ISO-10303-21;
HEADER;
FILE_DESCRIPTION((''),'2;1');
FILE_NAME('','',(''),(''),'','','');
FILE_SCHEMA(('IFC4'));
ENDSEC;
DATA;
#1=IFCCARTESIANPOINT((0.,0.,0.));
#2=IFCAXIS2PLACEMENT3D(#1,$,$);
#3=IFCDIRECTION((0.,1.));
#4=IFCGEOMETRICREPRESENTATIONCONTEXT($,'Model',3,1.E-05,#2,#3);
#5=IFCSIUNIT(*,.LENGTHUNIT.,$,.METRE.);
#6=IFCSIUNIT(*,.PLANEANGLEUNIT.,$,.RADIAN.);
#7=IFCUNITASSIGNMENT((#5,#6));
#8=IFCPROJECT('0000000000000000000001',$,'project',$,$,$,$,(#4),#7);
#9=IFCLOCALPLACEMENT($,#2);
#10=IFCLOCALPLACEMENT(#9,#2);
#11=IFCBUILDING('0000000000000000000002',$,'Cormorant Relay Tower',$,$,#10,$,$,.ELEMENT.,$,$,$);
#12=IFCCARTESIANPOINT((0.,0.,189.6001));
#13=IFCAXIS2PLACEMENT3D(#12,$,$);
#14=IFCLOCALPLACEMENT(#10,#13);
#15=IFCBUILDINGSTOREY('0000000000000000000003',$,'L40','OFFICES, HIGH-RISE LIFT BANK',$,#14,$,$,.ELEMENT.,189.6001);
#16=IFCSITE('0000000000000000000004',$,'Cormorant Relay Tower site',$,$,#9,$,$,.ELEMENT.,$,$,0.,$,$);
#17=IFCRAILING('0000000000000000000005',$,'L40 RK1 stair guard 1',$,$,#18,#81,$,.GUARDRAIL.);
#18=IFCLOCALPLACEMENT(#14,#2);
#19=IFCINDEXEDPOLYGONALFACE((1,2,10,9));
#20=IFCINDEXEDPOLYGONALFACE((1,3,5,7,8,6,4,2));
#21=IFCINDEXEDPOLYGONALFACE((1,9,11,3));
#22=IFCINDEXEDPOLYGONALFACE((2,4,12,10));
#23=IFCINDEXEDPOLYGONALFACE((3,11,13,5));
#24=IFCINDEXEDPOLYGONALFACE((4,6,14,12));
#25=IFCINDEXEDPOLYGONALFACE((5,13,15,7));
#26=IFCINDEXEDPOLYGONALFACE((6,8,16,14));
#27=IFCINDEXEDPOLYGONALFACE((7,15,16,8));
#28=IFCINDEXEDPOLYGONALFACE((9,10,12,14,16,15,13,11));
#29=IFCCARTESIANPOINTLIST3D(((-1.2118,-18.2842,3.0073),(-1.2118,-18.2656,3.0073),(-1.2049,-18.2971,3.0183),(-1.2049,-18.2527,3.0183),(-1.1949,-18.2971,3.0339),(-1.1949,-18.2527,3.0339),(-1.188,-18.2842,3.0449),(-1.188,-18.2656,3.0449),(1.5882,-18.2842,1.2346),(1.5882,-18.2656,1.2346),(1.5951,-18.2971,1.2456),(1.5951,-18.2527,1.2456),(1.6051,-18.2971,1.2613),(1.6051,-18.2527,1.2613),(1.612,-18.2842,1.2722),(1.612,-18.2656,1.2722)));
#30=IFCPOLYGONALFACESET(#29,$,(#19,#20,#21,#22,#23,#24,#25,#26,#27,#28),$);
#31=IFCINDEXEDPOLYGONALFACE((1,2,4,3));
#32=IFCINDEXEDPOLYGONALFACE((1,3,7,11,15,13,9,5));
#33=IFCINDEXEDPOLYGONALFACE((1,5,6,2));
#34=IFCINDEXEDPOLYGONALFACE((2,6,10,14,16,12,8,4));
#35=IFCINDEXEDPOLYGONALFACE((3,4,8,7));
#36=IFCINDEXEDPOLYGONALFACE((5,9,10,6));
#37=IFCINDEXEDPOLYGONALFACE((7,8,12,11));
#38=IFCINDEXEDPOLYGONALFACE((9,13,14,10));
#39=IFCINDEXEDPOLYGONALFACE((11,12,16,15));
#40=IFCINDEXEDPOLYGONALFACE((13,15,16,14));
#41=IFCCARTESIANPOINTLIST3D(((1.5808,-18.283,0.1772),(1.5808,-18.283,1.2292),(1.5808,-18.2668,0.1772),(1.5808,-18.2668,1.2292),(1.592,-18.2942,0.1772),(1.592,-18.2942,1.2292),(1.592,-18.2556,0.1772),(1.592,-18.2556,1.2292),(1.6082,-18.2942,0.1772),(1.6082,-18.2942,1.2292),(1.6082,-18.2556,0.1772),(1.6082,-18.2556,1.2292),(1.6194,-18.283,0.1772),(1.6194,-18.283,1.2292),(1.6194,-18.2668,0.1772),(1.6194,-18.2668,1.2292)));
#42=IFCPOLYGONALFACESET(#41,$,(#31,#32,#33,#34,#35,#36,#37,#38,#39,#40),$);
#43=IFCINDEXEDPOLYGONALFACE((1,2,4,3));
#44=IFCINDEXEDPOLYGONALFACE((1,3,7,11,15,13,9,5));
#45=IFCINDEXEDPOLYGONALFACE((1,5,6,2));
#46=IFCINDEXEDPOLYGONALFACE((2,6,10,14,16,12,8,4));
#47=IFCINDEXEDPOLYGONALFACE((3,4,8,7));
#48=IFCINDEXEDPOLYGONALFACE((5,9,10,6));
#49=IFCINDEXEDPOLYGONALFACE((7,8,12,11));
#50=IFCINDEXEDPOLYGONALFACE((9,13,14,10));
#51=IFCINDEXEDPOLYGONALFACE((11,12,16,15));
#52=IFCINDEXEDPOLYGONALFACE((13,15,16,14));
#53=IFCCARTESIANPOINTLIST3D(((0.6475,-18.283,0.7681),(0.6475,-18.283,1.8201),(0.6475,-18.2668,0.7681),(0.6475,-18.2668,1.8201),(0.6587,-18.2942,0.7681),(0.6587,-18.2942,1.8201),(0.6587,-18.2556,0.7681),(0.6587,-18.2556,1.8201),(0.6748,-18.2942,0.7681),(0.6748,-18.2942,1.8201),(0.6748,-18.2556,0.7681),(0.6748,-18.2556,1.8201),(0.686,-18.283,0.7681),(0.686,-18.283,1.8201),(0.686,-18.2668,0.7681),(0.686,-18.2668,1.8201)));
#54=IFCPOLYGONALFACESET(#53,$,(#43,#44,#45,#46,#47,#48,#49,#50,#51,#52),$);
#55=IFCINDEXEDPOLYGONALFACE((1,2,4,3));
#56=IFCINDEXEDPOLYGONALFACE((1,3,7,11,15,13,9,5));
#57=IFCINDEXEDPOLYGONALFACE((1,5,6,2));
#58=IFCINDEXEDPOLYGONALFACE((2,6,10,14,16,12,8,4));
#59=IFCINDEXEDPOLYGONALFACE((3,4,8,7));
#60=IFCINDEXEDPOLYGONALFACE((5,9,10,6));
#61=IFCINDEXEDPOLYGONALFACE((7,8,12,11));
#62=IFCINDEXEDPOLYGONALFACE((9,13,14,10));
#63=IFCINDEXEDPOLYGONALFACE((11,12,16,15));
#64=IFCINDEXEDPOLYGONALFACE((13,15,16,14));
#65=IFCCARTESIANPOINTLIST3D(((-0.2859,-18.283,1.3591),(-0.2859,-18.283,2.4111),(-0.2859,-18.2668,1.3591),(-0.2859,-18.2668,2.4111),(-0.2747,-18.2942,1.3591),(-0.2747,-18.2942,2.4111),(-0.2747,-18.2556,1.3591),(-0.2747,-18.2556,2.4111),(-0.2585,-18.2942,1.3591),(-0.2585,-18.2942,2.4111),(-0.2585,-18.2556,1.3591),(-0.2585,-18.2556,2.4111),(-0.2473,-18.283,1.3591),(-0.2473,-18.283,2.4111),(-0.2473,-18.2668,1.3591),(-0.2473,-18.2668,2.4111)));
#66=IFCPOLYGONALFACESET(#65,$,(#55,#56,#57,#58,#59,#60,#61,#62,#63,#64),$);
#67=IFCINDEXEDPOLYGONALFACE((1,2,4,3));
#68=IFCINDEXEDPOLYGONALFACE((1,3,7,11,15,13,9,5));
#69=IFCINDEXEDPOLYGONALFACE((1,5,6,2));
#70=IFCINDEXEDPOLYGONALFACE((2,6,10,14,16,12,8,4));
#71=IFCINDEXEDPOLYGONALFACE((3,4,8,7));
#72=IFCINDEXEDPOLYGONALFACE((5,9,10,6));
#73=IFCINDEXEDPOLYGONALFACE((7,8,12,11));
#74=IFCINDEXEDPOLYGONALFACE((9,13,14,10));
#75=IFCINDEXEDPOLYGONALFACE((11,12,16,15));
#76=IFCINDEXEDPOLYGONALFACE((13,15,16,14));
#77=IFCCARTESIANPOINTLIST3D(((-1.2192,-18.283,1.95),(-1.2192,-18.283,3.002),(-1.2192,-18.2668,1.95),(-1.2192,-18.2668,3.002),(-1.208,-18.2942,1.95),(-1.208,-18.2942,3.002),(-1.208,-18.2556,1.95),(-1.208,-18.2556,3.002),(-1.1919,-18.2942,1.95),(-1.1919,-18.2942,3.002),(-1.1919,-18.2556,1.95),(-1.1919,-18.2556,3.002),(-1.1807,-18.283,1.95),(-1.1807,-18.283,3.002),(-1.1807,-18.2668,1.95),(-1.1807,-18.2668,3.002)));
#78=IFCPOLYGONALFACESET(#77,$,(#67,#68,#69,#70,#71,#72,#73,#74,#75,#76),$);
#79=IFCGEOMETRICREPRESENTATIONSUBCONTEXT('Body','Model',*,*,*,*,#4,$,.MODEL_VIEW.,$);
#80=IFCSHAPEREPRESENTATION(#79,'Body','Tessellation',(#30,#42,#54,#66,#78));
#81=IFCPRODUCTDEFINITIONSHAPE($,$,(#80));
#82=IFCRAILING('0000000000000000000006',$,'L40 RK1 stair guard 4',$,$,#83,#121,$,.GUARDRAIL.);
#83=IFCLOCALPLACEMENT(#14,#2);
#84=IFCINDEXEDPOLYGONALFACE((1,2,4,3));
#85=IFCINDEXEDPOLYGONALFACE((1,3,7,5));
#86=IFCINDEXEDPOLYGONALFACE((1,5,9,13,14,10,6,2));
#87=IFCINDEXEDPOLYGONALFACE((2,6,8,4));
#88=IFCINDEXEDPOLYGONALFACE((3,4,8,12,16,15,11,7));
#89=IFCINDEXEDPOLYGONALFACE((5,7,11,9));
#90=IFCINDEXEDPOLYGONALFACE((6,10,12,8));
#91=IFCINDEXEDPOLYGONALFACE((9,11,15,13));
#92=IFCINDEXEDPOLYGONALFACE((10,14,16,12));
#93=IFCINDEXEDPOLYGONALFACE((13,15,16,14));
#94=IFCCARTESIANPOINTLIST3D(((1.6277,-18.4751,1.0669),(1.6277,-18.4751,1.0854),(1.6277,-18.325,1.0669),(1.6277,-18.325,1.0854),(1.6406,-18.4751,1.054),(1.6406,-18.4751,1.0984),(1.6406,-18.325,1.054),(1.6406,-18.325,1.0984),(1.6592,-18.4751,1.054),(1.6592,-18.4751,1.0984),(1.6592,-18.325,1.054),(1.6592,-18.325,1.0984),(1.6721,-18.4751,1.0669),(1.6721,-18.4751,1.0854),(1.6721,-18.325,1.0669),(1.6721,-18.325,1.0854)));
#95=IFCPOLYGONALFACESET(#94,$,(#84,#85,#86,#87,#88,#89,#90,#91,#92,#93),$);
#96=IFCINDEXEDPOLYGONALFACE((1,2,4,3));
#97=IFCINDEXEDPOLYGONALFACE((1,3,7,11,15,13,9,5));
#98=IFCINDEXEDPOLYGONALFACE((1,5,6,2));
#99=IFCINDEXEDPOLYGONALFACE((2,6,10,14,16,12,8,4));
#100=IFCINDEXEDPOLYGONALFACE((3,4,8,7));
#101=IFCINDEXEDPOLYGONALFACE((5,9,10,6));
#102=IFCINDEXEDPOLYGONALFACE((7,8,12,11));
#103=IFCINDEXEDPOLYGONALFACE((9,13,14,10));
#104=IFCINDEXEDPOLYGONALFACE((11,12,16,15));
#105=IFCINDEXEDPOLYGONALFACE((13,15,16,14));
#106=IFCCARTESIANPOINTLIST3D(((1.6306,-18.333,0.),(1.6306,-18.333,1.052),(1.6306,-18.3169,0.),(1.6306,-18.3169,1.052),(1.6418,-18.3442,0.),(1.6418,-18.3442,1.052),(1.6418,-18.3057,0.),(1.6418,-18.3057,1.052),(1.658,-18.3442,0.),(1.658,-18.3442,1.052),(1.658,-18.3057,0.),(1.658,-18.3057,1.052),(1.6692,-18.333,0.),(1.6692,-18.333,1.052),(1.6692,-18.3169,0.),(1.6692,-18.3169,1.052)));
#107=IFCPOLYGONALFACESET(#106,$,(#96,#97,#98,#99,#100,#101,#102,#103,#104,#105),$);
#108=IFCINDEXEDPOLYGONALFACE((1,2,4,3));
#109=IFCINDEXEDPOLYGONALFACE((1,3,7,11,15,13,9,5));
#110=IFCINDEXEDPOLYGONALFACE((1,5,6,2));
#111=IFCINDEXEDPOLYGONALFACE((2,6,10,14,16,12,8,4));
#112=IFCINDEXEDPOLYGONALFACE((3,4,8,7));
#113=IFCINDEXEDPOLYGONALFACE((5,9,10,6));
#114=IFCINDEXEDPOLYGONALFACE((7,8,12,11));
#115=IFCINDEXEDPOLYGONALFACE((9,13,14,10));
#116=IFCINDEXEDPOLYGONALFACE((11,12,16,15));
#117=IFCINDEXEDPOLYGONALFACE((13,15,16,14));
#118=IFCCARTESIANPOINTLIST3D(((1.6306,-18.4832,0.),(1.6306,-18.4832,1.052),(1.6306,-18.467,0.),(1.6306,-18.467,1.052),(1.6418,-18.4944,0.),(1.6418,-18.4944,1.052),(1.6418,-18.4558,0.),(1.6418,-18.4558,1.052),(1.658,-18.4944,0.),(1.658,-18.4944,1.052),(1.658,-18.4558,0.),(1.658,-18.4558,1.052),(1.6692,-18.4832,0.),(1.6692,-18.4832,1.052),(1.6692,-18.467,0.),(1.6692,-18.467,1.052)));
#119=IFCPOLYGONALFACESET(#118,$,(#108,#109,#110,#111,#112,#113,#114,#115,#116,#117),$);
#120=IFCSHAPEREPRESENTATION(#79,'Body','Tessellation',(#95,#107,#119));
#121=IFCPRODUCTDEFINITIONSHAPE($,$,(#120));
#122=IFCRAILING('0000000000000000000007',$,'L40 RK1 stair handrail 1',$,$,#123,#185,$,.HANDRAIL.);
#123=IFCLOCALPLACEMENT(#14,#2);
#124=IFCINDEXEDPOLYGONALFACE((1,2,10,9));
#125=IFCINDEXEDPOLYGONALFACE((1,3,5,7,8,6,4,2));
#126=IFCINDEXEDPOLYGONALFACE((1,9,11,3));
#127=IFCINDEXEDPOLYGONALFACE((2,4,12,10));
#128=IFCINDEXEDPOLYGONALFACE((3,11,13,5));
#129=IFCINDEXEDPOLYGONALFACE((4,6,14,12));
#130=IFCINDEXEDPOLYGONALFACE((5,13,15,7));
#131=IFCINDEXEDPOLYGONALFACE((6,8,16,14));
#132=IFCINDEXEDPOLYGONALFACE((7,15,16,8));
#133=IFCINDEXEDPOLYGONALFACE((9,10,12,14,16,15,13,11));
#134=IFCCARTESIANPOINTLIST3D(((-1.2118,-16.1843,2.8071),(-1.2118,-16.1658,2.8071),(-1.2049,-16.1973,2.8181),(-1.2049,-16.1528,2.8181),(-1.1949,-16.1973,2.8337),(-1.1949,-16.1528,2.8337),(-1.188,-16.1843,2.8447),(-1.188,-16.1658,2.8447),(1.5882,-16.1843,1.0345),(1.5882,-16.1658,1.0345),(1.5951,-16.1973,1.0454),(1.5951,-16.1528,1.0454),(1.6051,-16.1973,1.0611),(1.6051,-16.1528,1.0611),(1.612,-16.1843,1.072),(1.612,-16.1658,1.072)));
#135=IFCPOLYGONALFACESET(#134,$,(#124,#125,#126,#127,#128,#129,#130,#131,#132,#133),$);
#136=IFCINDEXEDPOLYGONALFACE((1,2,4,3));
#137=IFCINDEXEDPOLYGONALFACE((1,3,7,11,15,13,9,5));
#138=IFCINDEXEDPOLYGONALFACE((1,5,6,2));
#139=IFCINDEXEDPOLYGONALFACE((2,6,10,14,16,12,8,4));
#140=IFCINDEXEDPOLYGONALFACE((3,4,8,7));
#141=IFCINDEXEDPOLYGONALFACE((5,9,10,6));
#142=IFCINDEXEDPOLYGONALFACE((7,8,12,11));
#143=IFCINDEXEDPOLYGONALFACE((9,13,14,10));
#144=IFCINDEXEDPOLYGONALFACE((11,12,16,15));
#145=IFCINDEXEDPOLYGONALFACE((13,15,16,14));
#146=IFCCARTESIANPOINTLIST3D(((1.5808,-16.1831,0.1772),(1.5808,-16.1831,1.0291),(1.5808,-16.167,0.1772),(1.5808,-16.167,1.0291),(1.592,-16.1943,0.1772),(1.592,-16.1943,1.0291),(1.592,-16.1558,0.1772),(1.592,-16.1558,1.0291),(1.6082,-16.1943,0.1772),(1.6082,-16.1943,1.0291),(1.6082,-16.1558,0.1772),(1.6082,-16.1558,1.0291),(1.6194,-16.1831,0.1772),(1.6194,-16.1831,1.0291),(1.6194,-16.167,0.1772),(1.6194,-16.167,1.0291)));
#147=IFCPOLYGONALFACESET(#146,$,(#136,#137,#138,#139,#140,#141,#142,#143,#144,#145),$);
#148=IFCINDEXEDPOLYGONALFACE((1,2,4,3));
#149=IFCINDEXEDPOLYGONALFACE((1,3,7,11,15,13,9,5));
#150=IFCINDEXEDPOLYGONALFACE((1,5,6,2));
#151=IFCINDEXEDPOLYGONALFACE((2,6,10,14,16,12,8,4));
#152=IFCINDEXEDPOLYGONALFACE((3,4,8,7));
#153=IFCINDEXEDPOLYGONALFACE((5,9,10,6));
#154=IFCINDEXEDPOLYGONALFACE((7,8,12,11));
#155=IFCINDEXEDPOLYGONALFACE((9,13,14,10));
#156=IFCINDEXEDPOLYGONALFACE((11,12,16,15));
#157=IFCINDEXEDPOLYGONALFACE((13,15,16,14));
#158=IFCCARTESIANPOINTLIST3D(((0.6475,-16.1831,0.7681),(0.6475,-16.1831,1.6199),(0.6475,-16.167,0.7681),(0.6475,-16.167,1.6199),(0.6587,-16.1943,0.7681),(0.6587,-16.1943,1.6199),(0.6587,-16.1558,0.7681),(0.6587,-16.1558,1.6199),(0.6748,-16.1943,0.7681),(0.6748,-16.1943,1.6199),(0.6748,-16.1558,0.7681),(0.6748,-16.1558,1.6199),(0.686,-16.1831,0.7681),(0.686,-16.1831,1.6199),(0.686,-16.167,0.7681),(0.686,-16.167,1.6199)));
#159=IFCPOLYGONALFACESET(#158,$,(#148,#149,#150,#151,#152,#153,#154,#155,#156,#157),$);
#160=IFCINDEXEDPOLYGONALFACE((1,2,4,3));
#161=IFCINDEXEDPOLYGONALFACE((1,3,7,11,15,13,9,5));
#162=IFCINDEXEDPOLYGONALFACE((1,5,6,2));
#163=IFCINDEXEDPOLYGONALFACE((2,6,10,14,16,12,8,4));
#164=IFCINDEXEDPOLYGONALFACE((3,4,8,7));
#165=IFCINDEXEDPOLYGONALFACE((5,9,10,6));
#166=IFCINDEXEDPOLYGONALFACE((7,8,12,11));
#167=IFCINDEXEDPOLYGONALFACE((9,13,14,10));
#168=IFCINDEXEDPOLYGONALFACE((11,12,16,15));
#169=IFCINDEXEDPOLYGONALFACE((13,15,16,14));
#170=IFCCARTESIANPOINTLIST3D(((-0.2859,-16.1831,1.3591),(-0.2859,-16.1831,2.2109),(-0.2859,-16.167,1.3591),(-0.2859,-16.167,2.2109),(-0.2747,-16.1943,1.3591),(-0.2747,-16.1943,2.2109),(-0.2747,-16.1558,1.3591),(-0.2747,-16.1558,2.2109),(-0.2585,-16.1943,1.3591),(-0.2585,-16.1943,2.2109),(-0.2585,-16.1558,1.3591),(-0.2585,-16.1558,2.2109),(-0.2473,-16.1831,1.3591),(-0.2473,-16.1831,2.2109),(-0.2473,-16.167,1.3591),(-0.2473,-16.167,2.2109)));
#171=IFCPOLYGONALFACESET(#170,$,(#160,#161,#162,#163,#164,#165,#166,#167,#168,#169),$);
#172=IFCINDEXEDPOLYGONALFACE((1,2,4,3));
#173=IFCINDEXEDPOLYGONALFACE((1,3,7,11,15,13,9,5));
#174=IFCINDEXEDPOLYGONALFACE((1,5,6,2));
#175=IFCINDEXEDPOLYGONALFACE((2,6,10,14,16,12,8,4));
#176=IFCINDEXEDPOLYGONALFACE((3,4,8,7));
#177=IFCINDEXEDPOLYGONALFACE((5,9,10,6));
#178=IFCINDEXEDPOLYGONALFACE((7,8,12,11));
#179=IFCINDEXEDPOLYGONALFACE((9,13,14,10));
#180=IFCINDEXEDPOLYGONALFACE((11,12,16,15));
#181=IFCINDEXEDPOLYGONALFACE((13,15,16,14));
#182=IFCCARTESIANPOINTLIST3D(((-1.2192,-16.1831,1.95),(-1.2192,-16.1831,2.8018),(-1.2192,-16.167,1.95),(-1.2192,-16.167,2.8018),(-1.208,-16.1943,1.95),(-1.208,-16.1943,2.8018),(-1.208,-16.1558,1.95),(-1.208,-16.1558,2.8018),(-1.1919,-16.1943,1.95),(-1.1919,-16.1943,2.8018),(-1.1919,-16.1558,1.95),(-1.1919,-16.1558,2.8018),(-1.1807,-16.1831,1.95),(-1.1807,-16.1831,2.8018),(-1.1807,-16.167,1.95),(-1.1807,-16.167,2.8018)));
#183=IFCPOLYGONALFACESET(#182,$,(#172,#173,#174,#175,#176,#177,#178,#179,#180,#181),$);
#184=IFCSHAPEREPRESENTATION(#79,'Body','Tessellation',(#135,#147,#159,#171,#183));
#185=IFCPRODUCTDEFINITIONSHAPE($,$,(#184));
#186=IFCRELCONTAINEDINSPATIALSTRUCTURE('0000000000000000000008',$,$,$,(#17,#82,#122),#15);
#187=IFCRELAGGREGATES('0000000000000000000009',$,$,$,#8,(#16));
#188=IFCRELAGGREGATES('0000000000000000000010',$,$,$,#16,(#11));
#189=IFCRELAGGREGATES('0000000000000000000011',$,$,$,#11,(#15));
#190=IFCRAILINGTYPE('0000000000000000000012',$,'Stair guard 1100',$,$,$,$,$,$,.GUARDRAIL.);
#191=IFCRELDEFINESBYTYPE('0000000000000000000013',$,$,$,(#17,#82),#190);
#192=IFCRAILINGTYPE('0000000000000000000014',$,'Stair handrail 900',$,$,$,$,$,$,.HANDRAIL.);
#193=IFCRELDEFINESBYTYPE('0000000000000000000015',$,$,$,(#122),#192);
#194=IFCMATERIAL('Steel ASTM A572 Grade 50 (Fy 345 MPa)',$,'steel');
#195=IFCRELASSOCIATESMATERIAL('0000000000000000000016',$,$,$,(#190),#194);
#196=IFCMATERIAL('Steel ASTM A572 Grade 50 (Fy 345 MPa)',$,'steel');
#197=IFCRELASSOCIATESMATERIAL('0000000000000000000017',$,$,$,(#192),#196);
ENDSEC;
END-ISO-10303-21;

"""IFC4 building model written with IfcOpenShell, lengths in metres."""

from ifc_helpers import new_model, si_unit, direction, frame, origin, place, context, subcontext, project, spatial, polyline, outline, extrude, material, type_object, element, save


model = new_model("IFC4")

# Units and contexts
model_context = context("Model", 3, precision=1e-05, world=origin(), true_north=direction((0.0, 1.0)))
body_context = subcontext(model_context, "Body", "Model", "MODEL_VIEW")
ifc_project = project(units=[si_unit("LENGTHUNIT", "METRE"), si_unit("PLANEANGLEUNIT", "RADIAN")], contexts=[model_context])

# Site, building, storey
site_placement = place(None, origin())
site = spatial("IfcSite", under=ifc_project, at=site_placement, Name="Cormorant Relay Tower site", CompositionType="ELEMENT", RefElevation=0.0)
building_placement = place(site_placement, origin())
building = spatial("IfcBuilding", under=site, at=building_placement, Name="Cormorant Relay Tower", CompositionType="ELEMENT")
storey_placement = place(building_placement, frame((0.0, 0.0, 189.6001)))
storey = spatial("IfcBuildingStorey", under=building, at=storey_placement, Name="L40", Description="OFFICES, HIGH-RISE LIFT BANK", CompositionType="ELEMENT", Elevation=189.6001)

# Railings
ifc_material_1 = material(Name="Steel ASTM A572 Grade 50 (Fy 345 MPa)", Category="steel")
railing_type_1 = type_object("IfcRailingType", Name="Stair guard 1100", PredefinedType="GUARDRAIL", material=ifc_material_1)
railing_1_placement = place(storey_placement, frame((1.6001, -18.2749, 0.1772)))
element("IfcRailing", 1, at=railing_1_placement, inside=storey, type_object=railing_type_1, Name="L40 RK1 stair guard 1", PredefinedType="GUARDRAIL", context=body_context, shape_type="SweptSolid", body=[
    extrude(outline(polyline([(0.0222, 0.0093), (0.0093, 0.0222), (-0.0093, 0.0222), (-0.0222, 0.0093), (-0.0222, -0.0093), (-0.0093, -0.0222), (0.0093, -0.0222), (0.0222, -0.0093), (0.0222, 0.0093)])), frame((0.0, 0.0, 1.0762), z_axis=(-0.844909, 0.0, 0.53491), x_axis=(0.0, -1.0, 0.0)), (0.0, 0.0, 1.0), 3.314),
    extrude(outline(polyline([(0.0193, 0.0081), (0.0081, 0.0193), (-0.0081, 0.0193), (-0.0193, 0.0081), (-0.0193, -0.0081), (-0.0081, -0.0193), (0.0081, -0.0193), (0.0193, -0.0081), (0.0193, 0.0081)])), origin(), (0.0, 0.0, 1.0), 1.052),
    extrude(outline(polyline([(0.0193, 0.0081), (0.0081, 0.0193), (-0.0081, 0.0193), (-0.0193, 0.0081), (-0.0193, -0.0081), (-0.0081, -0.0193), (0.0081, -0.0193), (0.0193, -0.0081), (0.0193, 0.0081)])), frame((-0.9333, 0.0, 0.5908)), (0.0, 0.0, 1.0), 1.052),
    extrude(outline(polyline([(0.0193, 0.0081), (0.0081, 0.0193), (-0.0081, 0.0193), (-0.0193, 0.0081), (-0.0193, -0.0081), (-0.0081, -0.0193), (0.0081, -0.0193), (0.0193, -0.0081), (0.0193, 0.0081)])), frame((-1.8667, 0.0, 1.1819)), (0.0, 0.0, 1.0), 1.052),
    extrude(outline(polyline([(0.0193, 0.0081), (0.0081, 0.0193), (-0.0081, 0.0193), (-0.0193, 0.0081), (-0.0193, -0.0081), (-0.0081, -0.0193), (0.0081, -0.0193), (0.0193, -0.0081), (0.0193, 0.0081)])), frame((-2.8, 0.0, 1.7727)), (0.0, 0.0, 1.0), 1.052),
])
railing_2_placement = place(storey_placement, frame((1.6499, -18.325, 0.0)))
element("IfcRailing", 2, at=railing_2_placement, inside=storey, type_object=railing_type_1, Name="L40 RK1 stair guard 4", PredefinedType="GUARDRAIL", context=body_context, shape_type="SweptSolid", body=[
    extrude(outline(polyline([(0.0222, 0.0093), (0.0093, 0.0222), (-0.0093, 0.0222), (-0.0222, 0.0093), (-0.0222, -0.0093), (-0.0093, -0.0222), (0.0093, -0.0222), (0.0222, -0.0093), (0.0222, 0.0093)])), frame((0.0, 0.0, 1.0762), z_axis=(0.0, -1.0, 0.0), x_axis=(1.0, 0.0, 0.0)), (0.0, 0.0, 1.0), 0.1501),
    extrude(outline(polyline([(0.0193, 0.0081), (0.0081, 0.0193), (-0.0081, 0.0193), (-0.0193, 0.0081), (-0.0193, -0.0081), (-0.0081, -0.0193), (0.0081, -0.0193), (0.0193, -0.0081), (0.0193, 0.0081)])), origin(), (0.0, 0.0, 1.0), 1.052),
    extrude(outline(polyline([(0.0193, 0.0081), (0.0081, 0.0193), (-0.0081, 0.0193), (-0.0193, 0.0081), (-0.0193, -0.0081), (-0.0081, -0.0193), (0.0081, -0.0193), (0.0193, -0.0081), (0.0193, 0.0081)])), frame((0.0, -0.1501, 0.0)), (0.0, 0.0, 1.0), 1.052),
])
ifc_material_2 = material(Name="Steel ASTM A572 Grade 50 (Fy 345 MPa)", Category="steel")
railing_type_2 = type_object("IfcRailingType", Name="Stair handrail 900", PredefinedType="HANDRAIL", material=ifc_material_2)
railing_3_placement = place(storey_placement, frame((1.6001, -16.175, 0.1772)))
element("IfcRailing", 3, at=railing_3_placement, inside=storey, type_object=railing_type_2, Name="L40 RK1 stair handrail 1", PredefinedType="HANDRAIL", context=body_context, shape_type="SweptSolid", body=[
    extrude(outline(polyline([(0.0222, 0.0093), (0.0093, 0.0222), (-0.0093, 0.0222), (-0.0222, 0.0093), (-0.0222, -0.0093), (-0.0093, -0.0222), (0.0093, -0.0222), (0.0222, -0.0093), (0.0222, 0.0093)])), frame((0.0, 0.0, 0.876), z_axis=(-0.844909, 0.0, 0.53491), x_axis=(0.0, -1.0, 0.0)), (0.0, 0.0, 1.0), 3.314),
    extrude(outline(polyline([(0.0193, 0.0081), (0.0081, 0.0193), (-0.0081, 0.0193), (-0.0193, 0.0081), (-0.0193, -0.0081), (-0.0081, -0.0193), (0.0081, -0.0193), (0.0193, -0.0081), (0.0193, 0.0081)])), origin(), (0.0, 0.0, 1.0), 0.8518),
    extrude(outline(polyline([(0.0193, 0.0081), (0.0081, 0.0193), (-0.0081, 0.0193), (-0.0193, 0.0081), (-0.0193, -0.0081), (-0.0081, -0.0193), (0.0081, -0.0193), (0.0193, -0.0081), (0.0193, 0.0081)])), frame((-0.9333, 0.0, 0.5908)), (0.0, 0.0, 1.0), 0.8518),
    extrude(outline(polyline([(0.0193, 0.0081), (0.0081, 0.0193), (-0.0081, 0.0193), (-0.0193, 0.0081), (-0.0193, -0.0081), (-0.0081, -0.0193), (0.0081, -0.0193), (0.0193, -0.0081), (0.0193, 0.0081)])), frame((-1.8667, 0.0, 1.1819)), (0.0, 0.0, 1.0), 0.8518),
    extrude(outline(polyline([(0.0193, 0.0081), (0.0081, 0.0193), (-0.0081, 0.0193), (-0.0193, 0.0081), (-0.0193, -0.0081), (-0.0081, -0.0193), (0.0081, -0.0193), (0.0193, -0.0081), (0.0193, 0.0081)])), frame((-2.8, 0.0, 1.7727)), (0.0, 0.0, 1.0), 0.8518),
])

save(model, "model.ifc")
